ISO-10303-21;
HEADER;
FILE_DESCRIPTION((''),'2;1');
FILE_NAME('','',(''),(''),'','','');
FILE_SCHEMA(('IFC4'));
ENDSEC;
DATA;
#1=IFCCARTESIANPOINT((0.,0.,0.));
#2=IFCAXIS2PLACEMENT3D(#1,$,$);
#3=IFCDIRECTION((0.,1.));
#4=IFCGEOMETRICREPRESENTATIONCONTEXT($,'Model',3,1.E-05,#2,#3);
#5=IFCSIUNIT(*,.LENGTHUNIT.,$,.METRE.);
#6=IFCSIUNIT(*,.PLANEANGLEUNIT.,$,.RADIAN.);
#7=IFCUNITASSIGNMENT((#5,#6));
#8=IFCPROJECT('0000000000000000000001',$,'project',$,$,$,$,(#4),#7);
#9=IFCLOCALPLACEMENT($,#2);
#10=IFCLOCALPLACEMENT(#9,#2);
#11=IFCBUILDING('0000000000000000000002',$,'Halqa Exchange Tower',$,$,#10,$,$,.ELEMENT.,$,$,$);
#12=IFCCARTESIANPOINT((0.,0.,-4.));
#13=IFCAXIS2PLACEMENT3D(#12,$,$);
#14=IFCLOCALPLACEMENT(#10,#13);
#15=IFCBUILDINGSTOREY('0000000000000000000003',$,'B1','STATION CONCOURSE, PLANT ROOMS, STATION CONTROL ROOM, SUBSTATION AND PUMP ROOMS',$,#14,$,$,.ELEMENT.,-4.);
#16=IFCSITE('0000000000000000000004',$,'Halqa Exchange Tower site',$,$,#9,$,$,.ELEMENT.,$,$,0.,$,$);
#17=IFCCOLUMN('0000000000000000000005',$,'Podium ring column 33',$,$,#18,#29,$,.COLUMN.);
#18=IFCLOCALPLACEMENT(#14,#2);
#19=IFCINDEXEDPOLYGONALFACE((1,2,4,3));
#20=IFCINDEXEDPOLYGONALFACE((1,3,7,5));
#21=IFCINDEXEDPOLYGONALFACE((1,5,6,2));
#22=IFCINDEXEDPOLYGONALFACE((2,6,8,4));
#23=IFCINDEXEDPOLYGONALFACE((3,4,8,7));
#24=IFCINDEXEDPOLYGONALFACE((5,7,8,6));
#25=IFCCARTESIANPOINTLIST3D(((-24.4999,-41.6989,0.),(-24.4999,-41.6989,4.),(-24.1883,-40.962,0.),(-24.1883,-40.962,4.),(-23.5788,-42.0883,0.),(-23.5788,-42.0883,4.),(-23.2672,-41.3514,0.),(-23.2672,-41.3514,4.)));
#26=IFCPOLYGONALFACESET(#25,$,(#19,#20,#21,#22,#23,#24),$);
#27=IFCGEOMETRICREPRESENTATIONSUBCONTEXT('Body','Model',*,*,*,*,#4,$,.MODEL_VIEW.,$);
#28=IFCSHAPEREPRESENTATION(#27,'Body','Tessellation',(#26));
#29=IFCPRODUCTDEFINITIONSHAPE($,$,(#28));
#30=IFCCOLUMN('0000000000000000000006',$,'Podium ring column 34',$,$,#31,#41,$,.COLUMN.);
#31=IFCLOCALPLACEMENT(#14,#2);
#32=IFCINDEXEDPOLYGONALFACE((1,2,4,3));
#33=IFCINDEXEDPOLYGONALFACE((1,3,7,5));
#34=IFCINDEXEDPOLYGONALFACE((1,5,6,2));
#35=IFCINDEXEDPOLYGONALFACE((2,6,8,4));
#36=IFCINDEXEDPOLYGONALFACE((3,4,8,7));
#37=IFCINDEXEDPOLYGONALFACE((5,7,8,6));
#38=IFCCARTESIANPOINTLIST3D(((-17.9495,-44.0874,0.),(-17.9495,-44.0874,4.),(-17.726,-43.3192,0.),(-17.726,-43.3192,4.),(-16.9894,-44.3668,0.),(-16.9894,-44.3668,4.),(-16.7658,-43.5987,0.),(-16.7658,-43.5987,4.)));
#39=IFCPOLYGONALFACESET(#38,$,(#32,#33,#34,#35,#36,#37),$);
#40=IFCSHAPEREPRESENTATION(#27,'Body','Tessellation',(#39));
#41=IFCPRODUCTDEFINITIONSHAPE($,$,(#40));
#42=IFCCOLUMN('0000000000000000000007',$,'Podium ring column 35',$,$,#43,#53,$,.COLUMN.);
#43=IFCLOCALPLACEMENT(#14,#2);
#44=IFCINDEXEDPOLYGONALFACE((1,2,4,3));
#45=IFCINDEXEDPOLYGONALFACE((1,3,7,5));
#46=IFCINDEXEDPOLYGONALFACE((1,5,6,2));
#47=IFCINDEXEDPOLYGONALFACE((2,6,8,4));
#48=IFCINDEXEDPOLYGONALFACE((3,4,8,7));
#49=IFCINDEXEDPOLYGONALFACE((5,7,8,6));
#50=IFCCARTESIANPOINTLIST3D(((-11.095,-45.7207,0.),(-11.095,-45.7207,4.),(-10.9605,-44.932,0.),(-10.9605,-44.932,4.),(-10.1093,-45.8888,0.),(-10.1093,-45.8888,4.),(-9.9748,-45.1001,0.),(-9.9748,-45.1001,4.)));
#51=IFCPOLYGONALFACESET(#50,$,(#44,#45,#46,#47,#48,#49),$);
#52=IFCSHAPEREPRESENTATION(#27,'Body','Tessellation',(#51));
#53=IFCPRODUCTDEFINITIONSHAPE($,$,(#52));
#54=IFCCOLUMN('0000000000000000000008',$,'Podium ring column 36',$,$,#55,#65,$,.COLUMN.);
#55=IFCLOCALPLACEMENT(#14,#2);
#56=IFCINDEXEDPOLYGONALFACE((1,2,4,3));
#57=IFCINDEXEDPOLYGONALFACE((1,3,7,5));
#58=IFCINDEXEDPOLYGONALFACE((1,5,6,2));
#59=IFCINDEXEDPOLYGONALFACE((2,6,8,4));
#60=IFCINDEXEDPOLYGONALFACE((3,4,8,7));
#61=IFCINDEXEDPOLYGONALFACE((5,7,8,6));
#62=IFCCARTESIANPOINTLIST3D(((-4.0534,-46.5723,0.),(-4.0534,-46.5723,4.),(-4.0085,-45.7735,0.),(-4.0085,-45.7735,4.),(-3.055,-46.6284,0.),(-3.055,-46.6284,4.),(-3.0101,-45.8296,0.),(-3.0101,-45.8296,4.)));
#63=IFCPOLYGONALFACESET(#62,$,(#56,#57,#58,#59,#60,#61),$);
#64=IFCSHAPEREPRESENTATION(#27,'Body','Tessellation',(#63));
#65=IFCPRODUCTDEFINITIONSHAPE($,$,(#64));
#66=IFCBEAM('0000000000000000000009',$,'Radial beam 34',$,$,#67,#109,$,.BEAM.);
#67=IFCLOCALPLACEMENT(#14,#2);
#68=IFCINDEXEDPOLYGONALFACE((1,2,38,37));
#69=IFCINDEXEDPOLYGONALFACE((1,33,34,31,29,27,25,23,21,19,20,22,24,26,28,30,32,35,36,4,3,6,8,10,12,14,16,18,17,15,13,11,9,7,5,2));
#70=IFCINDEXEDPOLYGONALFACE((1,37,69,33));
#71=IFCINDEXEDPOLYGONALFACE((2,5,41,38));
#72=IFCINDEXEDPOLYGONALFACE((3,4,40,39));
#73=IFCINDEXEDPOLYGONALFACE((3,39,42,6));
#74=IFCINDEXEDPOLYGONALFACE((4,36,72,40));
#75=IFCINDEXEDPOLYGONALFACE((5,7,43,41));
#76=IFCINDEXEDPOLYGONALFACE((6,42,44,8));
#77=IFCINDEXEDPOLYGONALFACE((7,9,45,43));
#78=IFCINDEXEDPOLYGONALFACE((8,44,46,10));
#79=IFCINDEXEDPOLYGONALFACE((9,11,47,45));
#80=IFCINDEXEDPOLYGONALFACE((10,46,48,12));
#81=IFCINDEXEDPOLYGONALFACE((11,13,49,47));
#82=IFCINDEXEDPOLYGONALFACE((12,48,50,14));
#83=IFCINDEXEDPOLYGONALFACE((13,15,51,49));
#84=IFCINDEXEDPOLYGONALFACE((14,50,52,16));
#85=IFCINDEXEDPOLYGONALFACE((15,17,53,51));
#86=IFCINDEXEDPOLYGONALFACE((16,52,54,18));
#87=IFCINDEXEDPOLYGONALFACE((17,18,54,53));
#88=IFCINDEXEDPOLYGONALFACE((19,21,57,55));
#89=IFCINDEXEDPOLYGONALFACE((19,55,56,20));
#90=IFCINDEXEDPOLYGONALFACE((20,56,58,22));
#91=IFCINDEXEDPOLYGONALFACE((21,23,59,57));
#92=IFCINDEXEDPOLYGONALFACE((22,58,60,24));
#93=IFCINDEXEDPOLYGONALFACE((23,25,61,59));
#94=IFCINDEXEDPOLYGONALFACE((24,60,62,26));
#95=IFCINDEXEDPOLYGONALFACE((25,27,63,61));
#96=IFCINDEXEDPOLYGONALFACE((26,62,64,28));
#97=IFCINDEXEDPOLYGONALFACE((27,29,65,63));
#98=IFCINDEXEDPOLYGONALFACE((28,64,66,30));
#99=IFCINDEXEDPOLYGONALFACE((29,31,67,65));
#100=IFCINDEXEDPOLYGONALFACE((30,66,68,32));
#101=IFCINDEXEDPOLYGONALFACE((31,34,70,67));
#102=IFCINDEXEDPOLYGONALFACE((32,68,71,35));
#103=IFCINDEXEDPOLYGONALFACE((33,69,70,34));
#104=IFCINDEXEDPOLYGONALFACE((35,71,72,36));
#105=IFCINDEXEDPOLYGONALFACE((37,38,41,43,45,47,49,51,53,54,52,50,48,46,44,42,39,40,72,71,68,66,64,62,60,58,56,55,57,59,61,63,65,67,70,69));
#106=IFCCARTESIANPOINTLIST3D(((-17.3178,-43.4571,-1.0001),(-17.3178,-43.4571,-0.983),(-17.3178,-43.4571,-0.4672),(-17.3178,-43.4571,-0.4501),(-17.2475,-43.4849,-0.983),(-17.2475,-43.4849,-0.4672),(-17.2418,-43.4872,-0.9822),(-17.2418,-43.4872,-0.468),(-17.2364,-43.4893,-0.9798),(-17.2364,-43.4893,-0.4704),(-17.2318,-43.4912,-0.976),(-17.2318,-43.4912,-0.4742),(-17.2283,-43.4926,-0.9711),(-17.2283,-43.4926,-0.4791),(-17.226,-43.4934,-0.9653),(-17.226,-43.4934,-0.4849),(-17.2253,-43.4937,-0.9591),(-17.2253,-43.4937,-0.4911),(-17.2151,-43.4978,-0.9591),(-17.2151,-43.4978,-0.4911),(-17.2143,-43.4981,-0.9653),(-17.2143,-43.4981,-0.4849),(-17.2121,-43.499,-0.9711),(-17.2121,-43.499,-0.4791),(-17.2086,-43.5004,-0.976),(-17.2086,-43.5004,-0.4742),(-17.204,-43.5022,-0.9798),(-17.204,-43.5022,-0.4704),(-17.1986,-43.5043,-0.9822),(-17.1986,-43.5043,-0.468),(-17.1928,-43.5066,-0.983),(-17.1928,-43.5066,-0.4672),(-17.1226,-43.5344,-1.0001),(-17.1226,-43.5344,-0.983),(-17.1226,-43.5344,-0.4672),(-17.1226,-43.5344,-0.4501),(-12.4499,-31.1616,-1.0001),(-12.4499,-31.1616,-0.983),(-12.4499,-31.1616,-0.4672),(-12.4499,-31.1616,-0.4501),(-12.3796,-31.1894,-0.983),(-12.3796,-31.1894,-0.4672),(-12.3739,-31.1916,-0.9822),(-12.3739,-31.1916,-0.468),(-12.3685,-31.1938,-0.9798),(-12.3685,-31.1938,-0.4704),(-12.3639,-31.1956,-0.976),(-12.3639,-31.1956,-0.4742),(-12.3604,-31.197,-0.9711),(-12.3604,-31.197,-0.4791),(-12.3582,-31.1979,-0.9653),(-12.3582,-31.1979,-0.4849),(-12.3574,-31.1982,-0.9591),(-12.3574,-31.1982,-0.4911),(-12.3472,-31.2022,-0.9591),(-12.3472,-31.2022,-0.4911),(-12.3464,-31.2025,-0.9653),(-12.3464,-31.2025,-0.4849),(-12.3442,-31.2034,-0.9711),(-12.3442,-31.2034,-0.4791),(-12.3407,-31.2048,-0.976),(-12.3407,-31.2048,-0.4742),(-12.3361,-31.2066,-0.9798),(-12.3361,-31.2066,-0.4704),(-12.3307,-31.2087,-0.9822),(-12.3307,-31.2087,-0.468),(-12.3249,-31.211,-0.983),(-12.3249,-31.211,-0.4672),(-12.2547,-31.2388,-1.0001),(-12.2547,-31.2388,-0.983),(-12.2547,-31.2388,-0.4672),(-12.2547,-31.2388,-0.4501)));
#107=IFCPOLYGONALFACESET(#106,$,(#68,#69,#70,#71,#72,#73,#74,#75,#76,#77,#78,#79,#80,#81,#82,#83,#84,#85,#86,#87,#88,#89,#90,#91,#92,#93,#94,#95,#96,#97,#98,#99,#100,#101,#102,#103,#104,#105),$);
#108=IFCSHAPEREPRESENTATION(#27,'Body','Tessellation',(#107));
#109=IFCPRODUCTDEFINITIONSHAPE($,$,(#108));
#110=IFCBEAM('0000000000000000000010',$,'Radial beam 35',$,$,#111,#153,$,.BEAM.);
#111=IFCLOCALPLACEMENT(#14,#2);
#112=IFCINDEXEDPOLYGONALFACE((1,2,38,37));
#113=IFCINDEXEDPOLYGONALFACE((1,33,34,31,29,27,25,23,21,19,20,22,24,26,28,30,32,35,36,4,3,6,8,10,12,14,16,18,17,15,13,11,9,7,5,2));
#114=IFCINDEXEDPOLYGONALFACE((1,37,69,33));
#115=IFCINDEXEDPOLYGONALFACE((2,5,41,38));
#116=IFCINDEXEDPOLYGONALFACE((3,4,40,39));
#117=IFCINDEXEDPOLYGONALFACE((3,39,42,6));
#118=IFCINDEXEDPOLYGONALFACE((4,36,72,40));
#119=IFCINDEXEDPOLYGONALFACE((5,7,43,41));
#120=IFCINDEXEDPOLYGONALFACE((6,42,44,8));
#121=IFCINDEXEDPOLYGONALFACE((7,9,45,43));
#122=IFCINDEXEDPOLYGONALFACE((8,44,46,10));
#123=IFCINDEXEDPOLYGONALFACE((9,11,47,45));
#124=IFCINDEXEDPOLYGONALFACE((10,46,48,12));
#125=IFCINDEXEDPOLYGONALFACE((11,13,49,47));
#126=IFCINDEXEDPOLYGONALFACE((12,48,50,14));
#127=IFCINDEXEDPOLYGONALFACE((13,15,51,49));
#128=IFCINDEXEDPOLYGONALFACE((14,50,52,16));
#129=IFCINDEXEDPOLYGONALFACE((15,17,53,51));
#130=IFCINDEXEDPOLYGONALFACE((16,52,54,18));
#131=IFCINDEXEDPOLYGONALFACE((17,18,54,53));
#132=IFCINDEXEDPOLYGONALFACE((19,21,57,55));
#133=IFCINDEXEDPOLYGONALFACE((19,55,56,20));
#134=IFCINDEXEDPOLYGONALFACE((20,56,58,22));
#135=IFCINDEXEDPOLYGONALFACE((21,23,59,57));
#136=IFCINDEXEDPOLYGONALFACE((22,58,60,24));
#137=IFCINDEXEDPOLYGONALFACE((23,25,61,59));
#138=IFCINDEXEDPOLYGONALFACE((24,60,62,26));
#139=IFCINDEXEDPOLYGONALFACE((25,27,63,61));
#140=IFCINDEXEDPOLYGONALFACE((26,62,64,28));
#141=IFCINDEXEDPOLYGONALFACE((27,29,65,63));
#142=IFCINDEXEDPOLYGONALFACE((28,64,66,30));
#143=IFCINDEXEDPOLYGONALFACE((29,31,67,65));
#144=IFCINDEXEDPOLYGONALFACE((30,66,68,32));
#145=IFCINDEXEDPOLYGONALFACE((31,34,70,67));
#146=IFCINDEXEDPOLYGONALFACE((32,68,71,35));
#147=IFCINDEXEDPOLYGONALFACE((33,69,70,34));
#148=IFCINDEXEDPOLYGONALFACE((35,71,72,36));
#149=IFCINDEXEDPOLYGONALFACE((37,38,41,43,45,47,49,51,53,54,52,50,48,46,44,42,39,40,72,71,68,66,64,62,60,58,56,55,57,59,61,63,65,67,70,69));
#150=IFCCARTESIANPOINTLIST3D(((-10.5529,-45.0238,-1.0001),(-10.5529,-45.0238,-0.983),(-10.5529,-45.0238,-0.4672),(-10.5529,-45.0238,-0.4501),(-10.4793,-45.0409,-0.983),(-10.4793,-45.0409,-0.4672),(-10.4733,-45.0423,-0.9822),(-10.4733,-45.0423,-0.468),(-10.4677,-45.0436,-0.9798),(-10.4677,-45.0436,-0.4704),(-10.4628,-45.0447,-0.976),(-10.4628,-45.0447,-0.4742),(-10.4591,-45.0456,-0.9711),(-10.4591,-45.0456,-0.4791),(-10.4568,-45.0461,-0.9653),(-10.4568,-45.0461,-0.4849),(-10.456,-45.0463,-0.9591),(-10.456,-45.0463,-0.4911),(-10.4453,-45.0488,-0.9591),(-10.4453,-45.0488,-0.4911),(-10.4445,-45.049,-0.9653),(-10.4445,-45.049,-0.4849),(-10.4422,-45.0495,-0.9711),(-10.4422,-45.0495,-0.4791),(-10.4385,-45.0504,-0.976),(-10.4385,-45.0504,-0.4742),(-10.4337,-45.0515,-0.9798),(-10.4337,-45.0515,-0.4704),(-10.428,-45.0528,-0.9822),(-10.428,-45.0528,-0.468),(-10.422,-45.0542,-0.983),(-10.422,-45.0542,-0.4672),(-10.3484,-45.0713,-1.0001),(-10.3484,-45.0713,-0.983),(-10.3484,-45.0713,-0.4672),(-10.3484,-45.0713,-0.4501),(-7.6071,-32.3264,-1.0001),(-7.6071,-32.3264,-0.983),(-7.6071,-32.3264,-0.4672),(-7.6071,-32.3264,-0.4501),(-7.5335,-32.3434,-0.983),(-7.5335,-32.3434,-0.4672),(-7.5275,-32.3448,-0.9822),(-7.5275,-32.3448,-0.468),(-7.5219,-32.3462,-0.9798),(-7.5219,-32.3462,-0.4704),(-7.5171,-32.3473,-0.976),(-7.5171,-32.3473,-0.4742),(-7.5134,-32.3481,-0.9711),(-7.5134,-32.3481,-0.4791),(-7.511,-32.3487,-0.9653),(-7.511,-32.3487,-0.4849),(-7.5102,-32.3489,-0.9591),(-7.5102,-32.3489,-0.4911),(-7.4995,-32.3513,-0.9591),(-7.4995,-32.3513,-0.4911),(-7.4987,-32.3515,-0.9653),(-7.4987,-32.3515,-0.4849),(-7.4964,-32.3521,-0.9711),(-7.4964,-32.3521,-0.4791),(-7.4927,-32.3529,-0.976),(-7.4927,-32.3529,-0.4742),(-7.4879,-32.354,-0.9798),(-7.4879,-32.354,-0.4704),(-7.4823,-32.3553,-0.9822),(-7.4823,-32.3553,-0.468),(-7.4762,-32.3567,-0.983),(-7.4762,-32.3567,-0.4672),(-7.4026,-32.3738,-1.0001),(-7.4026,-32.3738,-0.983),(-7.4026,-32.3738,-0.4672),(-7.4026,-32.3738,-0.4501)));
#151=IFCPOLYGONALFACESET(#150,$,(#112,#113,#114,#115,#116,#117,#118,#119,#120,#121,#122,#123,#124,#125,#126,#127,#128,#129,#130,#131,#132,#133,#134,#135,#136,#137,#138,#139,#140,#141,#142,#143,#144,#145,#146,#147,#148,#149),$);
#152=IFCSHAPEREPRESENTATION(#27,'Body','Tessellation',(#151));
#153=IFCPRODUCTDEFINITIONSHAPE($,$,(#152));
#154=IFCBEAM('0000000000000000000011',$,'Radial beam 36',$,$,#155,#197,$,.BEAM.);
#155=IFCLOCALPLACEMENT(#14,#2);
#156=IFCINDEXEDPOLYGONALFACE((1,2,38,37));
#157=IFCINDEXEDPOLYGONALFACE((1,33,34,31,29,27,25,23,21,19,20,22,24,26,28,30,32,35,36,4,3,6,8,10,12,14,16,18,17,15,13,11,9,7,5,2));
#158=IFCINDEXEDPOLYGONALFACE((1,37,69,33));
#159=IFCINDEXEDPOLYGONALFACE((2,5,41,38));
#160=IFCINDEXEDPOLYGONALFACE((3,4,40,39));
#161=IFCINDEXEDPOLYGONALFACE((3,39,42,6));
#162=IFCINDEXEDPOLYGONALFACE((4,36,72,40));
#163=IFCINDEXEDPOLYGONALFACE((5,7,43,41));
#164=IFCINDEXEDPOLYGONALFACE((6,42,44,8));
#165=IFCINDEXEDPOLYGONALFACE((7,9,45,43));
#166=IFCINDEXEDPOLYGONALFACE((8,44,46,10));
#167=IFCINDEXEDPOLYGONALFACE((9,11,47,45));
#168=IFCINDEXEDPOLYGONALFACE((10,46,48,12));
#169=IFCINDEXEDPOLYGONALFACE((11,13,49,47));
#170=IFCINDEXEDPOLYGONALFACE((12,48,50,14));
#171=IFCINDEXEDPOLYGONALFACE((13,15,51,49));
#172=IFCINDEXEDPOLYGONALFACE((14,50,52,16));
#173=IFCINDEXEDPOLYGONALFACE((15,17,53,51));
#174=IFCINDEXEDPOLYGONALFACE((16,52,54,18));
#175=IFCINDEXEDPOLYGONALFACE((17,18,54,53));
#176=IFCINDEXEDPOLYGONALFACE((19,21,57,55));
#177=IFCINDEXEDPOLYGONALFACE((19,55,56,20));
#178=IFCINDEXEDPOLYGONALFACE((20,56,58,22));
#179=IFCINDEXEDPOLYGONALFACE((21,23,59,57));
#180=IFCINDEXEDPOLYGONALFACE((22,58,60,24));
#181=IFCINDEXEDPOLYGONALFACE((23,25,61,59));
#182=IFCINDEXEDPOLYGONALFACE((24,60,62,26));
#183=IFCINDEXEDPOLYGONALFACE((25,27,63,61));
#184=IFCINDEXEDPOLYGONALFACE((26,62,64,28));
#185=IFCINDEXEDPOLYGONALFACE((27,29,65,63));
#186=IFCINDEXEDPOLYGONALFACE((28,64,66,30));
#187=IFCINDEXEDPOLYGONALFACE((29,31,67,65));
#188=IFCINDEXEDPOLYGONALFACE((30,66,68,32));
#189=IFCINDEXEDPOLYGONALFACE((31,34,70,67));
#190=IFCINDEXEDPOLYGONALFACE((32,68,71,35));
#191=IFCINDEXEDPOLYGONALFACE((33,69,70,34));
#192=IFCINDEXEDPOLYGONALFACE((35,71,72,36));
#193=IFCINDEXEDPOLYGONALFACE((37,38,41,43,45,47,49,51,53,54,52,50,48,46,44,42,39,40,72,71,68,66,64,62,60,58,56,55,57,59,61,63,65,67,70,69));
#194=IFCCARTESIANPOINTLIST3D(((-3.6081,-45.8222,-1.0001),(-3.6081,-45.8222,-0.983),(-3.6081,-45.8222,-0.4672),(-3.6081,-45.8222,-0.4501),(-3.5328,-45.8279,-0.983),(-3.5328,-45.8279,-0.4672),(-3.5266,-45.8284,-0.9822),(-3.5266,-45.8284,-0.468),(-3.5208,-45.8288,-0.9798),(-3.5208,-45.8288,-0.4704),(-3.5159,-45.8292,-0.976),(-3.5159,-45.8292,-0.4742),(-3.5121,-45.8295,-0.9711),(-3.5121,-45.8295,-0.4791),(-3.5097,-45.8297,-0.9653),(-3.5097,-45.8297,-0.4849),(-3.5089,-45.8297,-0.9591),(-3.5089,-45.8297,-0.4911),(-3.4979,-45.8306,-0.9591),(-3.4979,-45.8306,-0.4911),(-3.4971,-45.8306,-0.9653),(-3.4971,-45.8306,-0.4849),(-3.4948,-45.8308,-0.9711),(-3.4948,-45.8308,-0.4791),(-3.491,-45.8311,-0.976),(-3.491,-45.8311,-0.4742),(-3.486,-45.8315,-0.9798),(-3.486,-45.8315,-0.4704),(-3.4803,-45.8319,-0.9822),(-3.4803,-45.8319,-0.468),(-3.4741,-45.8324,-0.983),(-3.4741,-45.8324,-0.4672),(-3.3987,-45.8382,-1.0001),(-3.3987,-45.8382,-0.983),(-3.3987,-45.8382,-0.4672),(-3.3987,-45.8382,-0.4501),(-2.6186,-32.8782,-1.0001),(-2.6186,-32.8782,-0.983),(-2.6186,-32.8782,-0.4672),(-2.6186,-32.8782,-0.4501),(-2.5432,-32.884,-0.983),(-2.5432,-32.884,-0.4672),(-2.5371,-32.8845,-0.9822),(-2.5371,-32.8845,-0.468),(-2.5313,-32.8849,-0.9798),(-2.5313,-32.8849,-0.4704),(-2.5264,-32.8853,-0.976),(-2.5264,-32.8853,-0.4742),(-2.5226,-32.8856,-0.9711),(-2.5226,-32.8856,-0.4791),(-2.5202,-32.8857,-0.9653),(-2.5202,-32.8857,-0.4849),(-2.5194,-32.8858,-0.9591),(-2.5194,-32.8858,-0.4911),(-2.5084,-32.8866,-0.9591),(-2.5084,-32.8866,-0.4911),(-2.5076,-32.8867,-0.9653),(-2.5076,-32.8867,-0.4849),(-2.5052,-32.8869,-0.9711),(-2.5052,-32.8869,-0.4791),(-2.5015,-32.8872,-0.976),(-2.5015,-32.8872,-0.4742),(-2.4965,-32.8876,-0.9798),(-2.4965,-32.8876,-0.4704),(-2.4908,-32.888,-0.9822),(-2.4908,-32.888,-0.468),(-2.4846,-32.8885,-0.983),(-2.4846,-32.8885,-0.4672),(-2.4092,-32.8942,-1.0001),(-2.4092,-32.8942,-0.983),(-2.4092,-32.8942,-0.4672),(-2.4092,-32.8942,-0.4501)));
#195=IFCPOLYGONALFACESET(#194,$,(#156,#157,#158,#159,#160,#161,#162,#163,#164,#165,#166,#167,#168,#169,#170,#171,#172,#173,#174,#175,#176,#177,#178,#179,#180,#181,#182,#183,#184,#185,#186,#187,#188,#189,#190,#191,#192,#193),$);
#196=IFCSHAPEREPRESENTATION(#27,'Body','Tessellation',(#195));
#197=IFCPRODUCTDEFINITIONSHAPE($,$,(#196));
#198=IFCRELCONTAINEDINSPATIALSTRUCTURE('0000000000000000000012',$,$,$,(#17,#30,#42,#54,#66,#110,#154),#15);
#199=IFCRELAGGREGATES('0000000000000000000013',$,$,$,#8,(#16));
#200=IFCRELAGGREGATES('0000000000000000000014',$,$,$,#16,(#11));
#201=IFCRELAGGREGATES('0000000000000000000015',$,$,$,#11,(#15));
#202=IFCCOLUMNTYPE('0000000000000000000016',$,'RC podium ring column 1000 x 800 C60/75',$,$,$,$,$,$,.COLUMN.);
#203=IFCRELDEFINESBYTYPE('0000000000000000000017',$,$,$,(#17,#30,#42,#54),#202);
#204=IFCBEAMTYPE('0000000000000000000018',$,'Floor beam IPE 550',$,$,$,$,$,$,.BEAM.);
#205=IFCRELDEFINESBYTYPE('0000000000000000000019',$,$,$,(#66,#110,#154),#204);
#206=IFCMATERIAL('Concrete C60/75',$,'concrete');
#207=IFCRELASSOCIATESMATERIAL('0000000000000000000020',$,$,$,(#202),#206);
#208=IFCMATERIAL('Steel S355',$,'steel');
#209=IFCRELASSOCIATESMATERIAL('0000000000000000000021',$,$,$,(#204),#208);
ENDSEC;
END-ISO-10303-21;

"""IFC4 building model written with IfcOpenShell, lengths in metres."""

from ifc_helpers import new_model, si_unit, direction, frame, origin, origin_2d, place, context, subcontext, project, spatial, rectangle, i_section, extrude, material, material_profile, profile_set, type_object, element, save


model = new_model("IFC4")

# Units and contexts
model_context = context("Model", 3, precision=1e-05, world=origin(), true_north=direction((0.0, 1.0)))
body_context = subcontext(model_context, "Body", "Model", "MODEL_VIEW")
ifc_project = project(units=[si_unit("LENGTHUNIT", "METRE"), si_unit("PLANEANGLEUNIT", "RADIAN")], contexts=[model_context])

# Site, building, storey
site_placement = place(None, origin())
site = spatial("IfcSite", under=ifc_project, at=site_placement, Name="Halqa Exchange Tower site", CompositionType="ELEMENT", RefElevation=0.0)
building_placement = place(site_placement, origin())
building = spatial("IfcBuilding", under=site, at=building_placement, Name="Halqa Exchange Tower", CompositionType="ELEMENT")
storey_placement = place(building_placement, frame((0.0, 0.0, -4.0)))
storey = spatial("IfcBuildingStorey", under=building, at=storey_placement, Name="B1", Description="STATION CONCOURSE, PLANT ROOMS, STATION CONTROL ROOM, SUBSTATION AND PUMP ROOMS", CompositionType="ELEMENT", Elevation=-4.0)

# Columns
ifc_material_1 = material(Name="Concrete C60/75", Category="concrete")
ifc_material_profile_1 = material_profile(ifc_material_1, rectangle(XDim=1.0, YDim=0.8, at=origin_2d()), Name="1000 x 800")
ifc_profile_set_1 = profile_set([ifc_material_profile_1], Name="Concrete C60/75")
column_type = type_object("IfcColumnType", Name="RC podium ring column 1000 x 800 C60/75", PredefinedType="COLUMN", material=ifc_profile_set_1)
for number, where, z_axis, x_axis, name in (
    (1, (-23.8835, -41.5251, 0.0), (0.0, 0.0, 1.0), (0.921048, -0.389449, 0.0), "Podium ring column 33"),
    (2, (-17.3577, -43.843, 0.0), (0.0, 0.0, 1.0), (0.960158, -0.279459, 0.0), "Podium ring column 34"),
    (3, (-10.5349, -45.4104, 0.0), (0.0, 0.0, 1.0), (0.985766, -0.168121, 0.0), "Podium ring column 35"),
    (4, (-3.5317, -46.2009, 0.0), (0.0, 0.0, 1.0), (0.998425, -0.056107, 0.0), "Podium ring column 36"),
):
    element("IfcColumn", number, at=place(storey_placement, frame(where, z_axis=z_axis, x_axis=x_axis)), inside=storey, type_object=column_type, Name=name, PredefinedType="COLUMN", context=body_context, shape_type="SweptSolid", body=[
        extrude(rectangle(XDim=1.0, YDim=0.8, at=origin_2d()), origin(), (0.0, 0.0, 1.0), 4.0),
    ])

# Beams
ifc_material_2 = material(Name="Steel S355", Category="steel")
ifc_material_profile_2 = material_profile(ifc_material_2, i_section(OverallWidth=0.21, OverallDepth=0.55, WebThickness=0.011, FlangeThickness=0.0171, FilletRadius=0.0239, at=origin_2d()), Name="IPE 550")
ifc_profile_set_2 = profile_set([ifc_material_profile_2], Name="Steel S355")
beam_type_1 = type_object("IfcBeamType", Name="Floor beam IPE 550", PredefinedType="BEAM", material=ifc_profile_set_2)
beam_1_placement = place(storey_placement, frame((-12.3523, -31.2002, -0.7251), z_axis=(-0.368107, -0.929784, 0.0), x_axis=(0.929784, -0.368107, 0.0)))
element("IfcBeam", 5, at=beam_1_placement, inside=storey, type_object=beam_type_1, Name="Radial beam 34", PredefinedType="BEAM", context=body_context, shape_type="SweptSolid", body=[
    extrude(i_section(OverallWidth=0.21, OverallDepth=0.55, WebThickness=0.011, FlangeThickness=0.0171, FilletRadius=0.0239, at=origin_2d()), origin(), (0.0, 0.0, 1.0), 13.2241),
])
beam_2_placement = place(storey_placement, frame((-7.5049, -32.3501, -0.7251), z_axis=(-0.225996, -0.974128, 0.0), x_axis=(0.974128, -0.225996, 0.0)))
element("IfcBeam", 6, at=beam_2_placement, inside=storey, type_object=beam_type_1, Name="Radial beam 35", PredefinedType="BEAM", context=body_context, shape_type="SweptSolid", body=[
    extrude(i_section(OverallWidth=0.21, OverallDepth=0.55, WebThickness=0.011, FlangeThickness=0.0171, FilletRadius=0.0239, at=origin_2d()), origin(), (0.0, 0.0, 1.0), 13.0347),
])
beam_3_placement = place(storey_placement, frame((-2.5139, -32.8862, -0.7251), z_axis=(-0.076223, -0.997091, 0.0), x_axis=(0.997091, -0.076223, 0.0)))
element("IfcBeam", 7, at=beam_3_placement, inside=storey, type_object=beam_type_1, Name="Radial beam 36", PredefinedType="BEAM", context=body_context, shape_type="SweptSolid", body=[
    extrude(i_section(OverallWidth=0.21, OverallDepth=0.55, WebThickness=0.011, FlangeThickness=0.0171, FilletRadius=0.0239, at=origin_2d()), origin(), (0.0, 0.0, 1.0), 12.9817),
])

save(model, "model.ifc")
